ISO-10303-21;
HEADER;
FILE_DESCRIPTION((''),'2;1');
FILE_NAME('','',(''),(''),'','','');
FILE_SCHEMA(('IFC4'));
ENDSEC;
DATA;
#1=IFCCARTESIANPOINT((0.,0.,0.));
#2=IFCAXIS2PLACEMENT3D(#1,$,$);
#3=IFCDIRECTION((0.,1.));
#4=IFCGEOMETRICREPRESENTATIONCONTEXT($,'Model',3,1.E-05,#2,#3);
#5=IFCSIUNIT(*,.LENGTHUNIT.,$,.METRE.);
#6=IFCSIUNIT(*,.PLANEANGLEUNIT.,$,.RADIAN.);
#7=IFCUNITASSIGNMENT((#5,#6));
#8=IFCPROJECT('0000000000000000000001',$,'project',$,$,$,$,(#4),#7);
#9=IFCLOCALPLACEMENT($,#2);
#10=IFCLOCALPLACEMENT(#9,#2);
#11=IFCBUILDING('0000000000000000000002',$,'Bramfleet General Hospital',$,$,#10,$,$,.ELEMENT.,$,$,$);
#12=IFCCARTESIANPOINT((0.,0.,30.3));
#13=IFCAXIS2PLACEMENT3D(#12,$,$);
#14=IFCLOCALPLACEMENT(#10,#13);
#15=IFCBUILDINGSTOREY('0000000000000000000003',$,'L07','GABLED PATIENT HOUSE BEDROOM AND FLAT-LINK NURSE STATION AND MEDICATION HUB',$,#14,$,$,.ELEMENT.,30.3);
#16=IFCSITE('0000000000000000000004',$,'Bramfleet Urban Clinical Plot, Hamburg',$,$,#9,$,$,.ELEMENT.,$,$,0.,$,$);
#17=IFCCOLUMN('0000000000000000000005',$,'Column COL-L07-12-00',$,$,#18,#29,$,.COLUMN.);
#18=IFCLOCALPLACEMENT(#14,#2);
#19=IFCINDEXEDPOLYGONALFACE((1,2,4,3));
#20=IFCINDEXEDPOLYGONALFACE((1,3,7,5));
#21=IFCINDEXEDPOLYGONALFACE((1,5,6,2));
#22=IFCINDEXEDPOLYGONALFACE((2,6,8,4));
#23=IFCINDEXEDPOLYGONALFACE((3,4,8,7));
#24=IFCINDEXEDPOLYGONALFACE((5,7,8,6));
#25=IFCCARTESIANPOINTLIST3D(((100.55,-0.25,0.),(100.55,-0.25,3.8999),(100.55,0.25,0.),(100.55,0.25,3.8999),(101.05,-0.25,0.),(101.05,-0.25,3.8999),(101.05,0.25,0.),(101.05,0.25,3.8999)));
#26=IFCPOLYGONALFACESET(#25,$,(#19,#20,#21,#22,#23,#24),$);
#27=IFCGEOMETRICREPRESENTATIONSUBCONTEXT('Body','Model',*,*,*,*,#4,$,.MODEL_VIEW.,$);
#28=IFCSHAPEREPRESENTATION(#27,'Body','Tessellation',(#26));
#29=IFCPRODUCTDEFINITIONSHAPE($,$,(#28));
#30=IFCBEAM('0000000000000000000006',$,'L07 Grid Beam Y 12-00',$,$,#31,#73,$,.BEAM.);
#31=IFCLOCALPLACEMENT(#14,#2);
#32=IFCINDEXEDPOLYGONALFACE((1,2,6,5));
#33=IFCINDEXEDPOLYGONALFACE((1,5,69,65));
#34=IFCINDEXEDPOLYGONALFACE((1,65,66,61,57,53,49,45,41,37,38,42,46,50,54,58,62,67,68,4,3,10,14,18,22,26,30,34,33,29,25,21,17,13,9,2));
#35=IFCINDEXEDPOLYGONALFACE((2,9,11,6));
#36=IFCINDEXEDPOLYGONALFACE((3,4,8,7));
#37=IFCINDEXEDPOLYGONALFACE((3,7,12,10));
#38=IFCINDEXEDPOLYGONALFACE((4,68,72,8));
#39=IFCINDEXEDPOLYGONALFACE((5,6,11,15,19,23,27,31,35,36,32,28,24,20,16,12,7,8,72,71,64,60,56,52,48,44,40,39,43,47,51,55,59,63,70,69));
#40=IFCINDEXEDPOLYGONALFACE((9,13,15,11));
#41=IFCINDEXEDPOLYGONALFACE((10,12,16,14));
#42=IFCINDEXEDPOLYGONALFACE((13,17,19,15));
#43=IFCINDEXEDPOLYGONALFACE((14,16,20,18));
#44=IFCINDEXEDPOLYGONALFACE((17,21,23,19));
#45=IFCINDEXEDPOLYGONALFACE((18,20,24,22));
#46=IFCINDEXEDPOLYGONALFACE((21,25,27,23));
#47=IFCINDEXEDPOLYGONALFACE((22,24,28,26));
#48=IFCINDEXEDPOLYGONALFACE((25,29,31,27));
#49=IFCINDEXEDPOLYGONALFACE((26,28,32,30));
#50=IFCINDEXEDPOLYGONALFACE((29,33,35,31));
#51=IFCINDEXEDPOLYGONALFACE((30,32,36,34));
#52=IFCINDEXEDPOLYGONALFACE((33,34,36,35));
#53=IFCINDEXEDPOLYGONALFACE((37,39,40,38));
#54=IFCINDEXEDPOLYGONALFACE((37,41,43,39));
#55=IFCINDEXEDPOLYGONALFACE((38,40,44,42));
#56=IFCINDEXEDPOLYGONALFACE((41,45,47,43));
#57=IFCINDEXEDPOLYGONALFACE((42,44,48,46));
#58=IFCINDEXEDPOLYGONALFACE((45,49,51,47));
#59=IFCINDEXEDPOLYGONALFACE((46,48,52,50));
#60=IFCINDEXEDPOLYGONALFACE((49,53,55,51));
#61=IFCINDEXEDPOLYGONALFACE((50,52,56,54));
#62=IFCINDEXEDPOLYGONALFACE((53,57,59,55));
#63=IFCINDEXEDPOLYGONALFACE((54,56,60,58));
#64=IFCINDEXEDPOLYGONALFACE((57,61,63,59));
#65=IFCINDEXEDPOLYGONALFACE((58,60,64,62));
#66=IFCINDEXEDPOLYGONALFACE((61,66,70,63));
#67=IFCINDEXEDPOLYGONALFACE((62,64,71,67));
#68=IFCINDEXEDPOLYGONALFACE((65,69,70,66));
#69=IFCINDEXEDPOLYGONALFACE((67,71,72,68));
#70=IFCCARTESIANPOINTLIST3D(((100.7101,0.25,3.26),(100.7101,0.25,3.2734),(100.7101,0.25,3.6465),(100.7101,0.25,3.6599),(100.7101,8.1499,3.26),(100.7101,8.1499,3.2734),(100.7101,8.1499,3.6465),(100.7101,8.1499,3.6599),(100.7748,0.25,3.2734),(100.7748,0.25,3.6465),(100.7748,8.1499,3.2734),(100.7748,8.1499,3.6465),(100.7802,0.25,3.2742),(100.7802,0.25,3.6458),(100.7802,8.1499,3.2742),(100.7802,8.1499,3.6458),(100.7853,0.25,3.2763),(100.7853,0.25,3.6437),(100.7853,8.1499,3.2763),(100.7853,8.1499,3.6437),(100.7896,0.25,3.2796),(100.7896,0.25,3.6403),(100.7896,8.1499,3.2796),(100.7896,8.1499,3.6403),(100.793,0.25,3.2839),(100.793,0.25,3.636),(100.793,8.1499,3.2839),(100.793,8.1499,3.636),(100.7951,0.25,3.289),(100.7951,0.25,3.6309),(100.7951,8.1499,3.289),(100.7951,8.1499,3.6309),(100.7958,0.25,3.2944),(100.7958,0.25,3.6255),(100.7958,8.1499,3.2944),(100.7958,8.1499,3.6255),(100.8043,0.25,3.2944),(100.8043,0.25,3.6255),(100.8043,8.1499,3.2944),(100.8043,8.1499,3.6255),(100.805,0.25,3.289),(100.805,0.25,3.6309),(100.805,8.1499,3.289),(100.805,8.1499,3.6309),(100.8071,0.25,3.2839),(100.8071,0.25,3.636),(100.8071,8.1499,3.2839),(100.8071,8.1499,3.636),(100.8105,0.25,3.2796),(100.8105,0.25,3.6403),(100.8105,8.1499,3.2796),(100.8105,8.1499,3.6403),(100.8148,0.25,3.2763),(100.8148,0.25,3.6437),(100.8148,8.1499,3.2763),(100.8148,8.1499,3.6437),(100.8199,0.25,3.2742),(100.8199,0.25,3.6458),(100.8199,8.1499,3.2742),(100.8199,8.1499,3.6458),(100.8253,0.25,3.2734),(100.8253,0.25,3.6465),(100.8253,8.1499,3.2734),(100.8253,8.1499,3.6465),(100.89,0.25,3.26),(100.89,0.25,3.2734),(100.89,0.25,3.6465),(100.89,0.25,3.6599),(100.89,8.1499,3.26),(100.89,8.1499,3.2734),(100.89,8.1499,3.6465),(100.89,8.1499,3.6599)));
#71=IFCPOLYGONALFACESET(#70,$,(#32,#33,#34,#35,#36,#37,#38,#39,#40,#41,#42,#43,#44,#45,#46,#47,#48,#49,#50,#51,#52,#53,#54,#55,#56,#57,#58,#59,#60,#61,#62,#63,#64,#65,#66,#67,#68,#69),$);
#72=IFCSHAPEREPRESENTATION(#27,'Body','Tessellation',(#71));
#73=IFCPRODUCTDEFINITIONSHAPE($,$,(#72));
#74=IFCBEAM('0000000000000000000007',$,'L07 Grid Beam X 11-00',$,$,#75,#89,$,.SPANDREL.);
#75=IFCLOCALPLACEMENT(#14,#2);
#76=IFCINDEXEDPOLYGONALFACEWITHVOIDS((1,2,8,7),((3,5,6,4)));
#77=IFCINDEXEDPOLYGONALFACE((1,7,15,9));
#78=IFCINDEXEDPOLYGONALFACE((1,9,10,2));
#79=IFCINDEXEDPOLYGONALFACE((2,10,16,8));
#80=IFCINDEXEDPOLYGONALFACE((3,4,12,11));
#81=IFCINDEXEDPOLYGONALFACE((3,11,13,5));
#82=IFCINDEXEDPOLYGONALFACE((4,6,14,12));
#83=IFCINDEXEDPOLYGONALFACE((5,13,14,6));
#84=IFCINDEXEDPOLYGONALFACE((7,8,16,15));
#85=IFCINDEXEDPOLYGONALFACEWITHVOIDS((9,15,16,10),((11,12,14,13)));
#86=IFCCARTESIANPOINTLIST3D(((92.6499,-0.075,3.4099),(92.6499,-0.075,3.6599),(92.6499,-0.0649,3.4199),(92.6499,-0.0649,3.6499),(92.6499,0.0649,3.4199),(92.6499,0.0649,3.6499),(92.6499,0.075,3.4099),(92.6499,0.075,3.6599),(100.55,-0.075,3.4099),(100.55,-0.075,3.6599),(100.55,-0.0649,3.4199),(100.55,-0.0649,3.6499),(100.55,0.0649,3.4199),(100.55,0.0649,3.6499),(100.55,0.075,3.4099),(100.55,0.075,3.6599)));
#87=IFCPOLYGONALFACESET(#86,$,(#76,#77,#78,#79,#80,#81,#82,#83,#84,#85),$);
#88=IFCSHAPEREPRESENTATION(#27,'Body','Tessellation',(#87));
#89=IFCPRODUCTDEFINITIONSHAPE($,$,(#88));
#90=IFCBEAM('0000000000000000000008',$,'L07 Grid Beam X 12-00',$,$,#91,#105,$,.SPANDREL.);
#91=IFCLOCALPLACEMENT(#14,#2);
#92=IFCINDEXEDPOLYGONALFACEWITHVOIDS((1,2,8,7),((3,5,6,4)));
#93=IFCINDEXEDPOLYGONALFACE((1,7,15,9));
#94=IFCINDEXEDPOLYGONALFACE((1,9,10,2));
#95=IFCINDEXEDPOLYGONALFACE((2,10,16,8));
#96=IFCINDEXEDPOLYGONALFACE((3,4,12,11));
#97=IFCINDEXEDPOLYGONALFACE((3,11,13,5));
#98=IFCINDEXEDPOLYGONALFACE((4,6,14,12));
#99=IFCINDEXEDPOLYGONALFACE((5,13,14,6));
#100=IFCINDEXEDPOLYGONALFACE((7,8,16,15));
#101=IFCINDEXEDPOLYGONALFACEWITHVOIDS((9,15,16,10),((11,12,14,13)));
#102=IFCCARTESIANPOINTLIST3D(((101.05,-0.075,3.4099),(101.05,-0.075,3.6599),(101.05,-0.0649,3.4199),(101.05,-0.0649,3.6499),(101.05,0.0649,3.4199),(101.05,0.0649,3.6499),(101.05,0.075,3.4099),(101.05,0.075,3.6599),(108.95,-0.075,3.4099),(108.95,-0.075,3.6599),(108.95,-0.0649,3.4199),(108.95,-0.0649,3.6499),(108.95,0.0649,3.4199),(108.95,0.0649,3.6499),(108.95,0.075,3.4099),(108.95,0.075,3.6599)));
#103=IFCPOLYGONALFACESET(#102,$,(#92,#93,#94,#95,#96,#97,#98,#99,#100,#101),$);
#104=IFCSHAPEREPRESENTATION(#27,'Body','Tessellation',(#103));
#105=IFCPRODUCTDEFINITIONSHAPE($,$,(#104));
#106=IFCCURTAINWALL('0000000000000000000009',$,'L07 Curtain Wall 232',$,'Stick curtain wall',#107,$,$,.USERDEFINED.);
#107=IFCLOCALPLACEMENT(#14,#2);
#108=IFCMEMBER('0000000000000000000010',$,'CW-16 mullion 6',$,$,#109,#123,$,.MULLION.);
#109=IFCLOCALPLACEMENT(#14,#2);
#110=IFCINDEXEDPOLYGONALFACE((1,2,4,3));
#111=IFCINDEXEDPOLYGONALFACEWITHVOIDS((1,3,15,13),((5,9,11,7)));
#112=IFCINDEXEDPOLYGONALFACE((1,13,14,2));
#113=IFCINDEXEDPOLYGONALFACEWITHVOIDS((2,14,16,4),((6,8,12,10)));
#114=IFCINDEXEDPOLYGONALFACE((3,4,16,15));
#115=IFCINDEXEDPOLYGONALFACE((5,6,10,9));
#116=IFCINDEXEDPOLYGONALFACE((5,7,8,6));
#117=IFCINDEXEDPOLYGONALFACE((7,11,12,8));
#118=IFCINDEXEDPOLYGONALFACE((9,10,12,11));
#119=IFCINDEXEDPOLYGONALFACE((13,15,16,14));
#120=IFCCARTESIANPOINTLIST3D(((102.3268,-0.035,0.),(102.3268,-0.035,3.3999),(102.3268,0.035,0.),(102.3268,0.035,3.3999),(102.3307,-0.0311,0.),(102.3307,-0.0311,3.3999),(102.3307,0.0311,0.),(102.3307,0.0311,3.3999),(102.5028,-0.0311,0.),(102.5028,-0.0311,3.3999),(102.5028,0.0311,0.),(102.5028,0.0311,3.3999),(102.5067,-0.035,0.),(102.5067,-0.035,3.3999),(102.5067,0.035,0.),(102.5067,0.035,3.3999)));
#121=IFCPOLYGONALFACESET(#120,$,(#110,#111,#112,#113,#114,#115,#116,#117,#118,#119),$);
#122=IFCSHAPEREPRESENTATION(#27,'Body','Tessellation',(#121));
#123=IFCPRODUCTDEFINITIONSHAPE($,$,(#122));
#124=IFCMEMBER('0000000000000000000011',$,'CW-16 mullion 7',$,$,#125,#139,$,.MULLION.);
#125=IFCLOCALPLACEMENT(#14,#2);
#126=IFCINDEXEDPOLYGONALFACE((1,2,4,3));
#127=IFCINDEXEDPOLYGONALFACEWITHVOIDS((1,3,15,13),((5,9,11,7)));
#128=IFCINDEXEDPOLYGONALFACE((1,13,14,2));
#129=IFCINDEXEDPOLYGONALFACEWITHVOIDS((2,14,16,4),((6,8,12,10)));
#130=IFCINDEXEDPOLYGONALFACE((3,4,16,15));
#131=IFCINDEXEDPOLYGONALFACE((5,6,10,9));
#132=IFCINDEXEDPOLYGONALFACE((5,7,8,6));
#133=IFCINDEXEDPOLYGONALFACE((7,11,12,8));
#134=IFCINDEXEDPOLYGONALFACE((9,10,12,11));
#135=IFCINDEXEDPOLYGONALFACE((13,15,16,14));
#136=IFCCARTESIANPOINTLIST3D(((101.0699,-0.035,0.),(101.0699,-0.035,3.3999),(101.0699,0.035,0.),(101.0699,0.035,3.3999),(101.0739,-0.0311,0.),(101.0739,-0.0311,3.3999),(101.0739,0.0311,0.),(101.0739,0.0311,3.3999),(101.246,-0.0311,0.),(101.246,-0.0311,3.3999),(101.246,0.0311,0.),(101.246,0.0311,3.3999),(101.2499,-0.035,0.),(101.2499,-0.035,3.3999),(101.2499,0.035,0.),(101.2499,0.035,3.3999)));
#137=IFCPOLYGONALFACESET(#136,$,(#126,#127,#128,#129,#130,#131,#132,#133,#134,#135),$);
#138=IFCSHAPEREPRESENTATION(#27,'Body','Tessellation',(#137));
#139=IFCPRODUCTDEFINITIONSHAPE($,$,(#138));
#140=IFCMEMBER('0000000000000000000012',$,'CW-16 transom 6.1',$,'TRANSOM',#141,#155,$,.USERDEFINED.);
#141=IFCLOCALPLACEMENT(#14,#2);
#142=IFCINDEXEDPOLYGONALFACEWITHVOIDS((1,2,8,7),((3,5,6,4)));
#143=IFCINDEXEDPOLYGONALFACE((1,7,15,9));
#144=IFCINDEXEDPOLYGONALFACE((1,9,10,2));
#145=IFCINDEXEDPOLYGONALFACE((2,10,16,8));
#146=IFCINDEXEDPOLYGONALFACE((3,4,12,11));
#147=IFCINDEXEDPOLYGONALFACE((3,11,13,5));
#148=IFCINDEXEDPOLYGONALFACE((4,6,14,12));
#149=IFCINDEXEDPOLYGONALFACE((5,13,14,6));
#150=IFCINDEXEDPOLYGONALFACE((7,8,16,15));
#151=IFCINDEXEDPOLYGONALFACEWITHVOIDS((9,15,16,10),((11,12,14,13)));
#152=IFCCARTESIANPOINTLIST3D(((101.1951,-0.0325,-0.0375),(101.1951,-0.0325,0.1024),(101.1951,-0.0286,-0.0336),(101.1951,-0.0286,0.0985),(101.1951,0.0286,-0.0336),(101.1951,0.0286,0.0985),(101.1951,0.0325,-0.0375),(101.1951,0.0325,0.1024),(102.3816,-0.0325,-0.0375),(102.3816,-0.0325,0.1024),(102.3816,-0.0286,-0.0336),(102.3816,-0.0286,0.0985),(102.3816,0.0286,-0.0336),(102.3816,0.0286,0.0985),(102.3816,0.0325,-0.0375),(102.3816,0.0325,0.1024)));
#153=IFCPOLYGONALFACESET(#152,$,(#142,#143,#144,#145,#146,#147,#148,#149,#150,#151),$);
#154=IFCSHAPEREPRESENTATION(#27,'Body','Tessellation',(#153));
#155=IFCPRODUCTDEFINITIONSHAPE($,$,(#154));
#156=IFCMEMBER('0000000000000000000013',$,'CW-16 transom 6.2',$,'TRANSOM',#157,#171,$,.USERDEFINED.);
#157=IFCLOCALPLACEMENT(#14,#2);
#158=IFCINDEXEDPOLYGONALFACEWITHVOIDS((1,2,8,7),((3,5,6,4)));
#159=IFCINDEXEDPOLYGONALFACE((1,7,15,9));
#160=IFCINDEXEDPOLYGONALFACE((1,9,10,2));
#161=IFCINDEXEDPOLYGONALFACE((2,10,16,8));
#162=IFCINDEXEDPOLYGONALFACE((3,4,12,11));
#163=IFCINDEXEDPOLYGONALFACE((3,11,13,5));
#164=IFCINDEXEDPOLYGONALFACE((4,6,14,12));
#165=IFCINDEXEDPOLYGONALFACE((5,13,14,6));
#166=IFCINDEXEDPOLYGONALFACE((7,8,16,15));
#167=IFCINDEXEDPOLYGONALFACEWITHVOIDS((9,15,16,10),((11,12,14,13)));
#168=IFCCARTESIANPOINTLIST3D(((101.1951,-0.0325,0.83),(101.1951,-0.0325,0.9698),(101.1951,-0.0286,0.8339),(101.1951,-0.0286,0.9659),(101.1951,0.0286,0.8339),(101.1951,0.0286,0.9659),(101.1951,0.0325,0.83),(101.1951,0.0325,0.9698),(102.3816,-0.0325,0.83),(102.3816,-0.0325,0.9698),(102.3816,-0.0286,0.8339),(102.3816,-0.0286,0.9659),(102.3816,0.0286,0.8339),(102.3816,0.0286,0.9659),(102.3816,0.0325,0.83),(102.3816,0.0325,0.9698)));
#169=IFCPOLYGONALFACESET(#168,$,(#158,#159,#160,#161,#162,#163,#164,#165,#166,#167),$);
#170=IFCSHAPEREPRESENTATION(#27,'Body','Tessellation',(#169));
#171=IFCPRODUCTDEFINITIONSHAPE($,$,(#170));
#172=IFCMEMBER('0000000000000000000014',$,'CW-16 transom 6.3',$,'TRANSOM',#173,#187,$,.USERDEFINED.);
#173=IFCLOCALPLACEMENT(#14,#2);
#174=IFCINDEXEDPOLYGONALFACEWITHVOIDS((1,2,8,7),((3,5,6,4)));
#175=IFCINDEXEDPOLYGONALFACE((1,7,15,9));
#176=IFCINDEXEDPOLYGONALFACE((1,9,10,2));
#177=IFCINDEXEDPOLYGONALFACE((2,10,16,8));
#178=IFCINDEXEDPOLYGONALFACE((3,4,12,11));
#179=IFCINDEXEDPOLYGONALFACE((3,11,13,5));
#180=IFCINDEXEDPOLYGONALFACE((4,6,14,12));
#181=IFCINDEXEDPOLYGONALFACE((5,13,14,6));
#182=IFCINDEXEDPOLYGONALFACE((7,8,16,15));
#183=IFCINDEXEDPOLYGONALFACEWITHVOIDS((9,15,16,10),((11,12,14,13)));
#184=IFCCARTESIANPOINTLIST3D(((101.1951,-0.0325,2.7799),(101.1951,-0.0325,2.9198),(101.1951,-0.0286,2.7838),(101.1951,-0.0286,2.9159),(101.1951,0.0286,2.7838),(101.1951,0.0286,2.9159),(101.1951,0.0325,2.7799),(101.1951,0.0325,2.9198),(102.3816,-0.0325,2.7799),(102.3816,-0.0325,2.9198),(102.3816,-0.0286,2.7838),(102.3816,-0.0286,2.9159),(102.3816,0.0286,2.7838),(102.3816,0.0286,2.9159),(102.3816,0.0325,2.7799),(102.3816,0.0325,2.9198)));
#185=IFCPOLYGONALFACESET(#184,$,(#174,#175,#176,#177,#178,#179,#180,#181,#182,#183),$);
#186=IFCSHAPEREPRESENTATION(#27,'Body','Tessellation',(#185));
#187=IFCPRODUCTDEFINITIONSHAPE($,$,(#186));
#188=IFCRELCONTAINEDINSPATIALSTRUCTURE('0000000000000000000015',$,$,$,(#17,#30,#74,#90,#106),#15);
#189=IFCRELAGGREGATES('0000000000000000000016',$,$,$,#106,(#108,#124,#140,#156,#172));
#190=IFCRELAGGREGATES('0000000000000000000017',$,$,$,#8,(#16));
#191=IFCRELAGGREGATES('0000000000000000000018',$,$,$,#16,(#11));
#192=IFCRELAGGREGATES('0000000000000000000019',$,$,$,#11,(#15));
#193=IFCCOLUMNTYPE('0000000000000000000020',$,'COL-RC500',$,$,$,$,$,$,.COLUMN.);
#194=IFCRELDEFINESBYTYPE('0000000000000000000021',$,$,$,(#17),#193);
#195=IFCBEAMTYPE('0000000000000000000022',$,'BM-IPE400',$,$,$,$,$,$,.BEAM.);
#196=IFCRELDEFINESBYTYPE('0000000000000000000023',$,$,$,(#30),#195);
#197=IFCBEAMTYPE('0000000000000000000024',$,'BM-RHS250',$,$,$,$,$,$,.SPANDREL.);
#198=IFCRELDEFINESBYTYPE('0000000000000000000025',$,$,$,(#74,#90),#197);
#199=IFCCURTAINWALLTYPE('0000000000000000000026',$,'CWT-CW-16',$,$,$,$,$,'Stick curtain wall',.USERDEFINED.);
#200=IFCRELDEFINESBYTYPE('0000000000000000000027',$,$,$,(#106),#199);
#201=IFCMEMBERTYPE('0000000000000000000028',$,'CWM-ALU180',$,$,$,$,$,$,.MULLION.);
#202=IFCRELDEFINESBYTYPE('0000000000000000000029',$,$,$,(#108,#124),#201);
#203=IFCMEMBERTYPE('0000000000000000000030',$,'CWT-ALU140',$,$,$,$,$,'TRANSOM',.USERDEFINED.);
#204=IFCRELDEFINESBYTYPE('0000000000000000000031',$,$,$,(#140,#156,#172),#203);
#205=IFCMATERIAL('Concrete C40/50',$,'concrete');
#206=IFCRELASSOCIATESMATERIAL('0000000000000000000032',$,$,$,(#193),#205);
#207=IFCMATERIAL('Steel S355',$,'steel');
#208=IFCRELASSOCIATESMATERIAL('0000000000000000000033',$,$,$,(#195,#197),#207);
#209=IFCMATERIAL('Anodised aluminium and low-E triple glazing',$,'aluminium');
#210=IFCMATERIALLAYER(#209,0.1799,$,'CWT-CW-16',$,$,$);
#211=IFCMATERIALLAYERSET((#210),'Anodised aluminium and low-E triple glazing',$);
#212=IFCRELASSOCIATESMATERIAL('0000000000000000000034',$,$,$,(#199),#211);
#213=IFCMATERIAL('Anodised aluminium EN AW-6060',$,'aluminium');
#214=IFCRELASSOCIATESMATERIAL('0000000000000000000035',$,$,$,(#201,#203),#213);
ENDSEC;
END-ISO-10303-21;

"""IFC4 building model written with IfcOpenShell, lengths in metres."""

from ifc_helpers import new_model, si_unit, direction, frame, origin, origin_2d, place, context, subcontext, project, spatial, rectangle, hollow_rectangle, i_section, extrude, material, layer, layer_set, material_profile, profile_set, type_object, element, aggregate, save


model = new_model("IFC4")

# Units and contexts
model_context = context("Model", 3, precision=1e-05, world=origin(), true_north=direction((0.0, 1.0)))
body_context = subcontext(model_context, "Body", "Model", "MODEL_VIEW")
ifc_project = project(units=[si_unit("LENGTHUNIT", "METRE"), si_unit("PLANEANGLEUNIT", "RADIAN")], contexts=[model_context])

# Site, building, storey
site_placement = place(None, origin())
site = spatial("IfcSite", under=ifc_project, at=site_placement, Name="Bramfleet Urban Clinical Plot, Hamburg", CompositionType="ELEMENT", RefElevation=0.0)
building_placement = place(site_placement, origin())
building = spatial("IfcBuilding", under=site, at=building_placement, Name="Bramfleet General Hospital", CompositionType="ELEMENT")
storey_placement = place(building_placement, frame((0.0, 0.0, 30.3)))
storey = spatial("IfcBuildingStorey", under=building, at=storey_placement, Name="L07", Description="GABLED PATIENT HOUSE BEDROOM AND FLAT-LINK NURSE STATION AND MEDICATION HUB", CompositionType="ELEMENT", Elevation=30.3)

# Column
ifc_material_1 = material(Name="Concrete C40/50", Category="concrete")
ifc_material_profile_1 = material_profile(ifc_material_1, rectangle(XDim=0.5, YDim=0.5, at=origin_2d()), Name="RC COL 500x500")
ifc_profile_set_1 = profile_set([ifc_material_profile_1], Name="Concrete C40/50")
column_type = type_object("IfcColumnType", Name="COL-RC500", PredefinedType="COLUMN", material=ifc_profile_set_1)
column_placement = place(storey_placement, frame((100.8, 0.0, 0.0), z_axis=(0.0, 0.0, 1.0), x_axis=(1.0, 0.0, 0.0)))
element("IfcColumn", 1, at=column_placement, inside=storey, type_object=column_type, Name="Column COL-L07-12-00", PredefinedType="COLUMN", context=body_context, shape_type="SweptSolid", body=[
    extrude(rectangle(XDim=0.5, YDim=0.5, at=origin_2d()), origin(), (0.0, 0.0, 1.0), 3.8999),
])

# Beams
ifc_material_2 = material(Name="Steel S355", Category="steel")
ifc_material_profile_2 = material_profile(ifc_material_2, i_section(OverallWidth=0.1799, OverallDepth=0.3999, WebThickness=0.0085, FlangeThickness=0.0134, FilletRadius=0.021, at=origin_2d()), Name="IPE 400")
ifc_profile_set_2 = profile_set([ifc_material_profile_2], Name="Steel S355")
beam_type_1 = type_object("IfcBeamType", Name="BM-IPE400", PredefinedType="BEAM", material=ifc_profile_set_2)
beam_1_placement = place(storey_placement, frame((100.8, 0.25, 3.46), z_axis=(0.0, 1.0, 0.0), x_axis=(-1.0, 0.0, 0.0)))
element("IfcBeam", 2, at=beam_1_placement, inside=storey, type_object=beam_type_1, Name="L07 Grid Beam Y 12-00", PredefinedType="BEAM", context=body_context, shape_type="SweptSolid", body=[
    extrude(i_section(OverallWidth=0.1799, OverallDepth=0.3999, WebThickness=0.0085, FlangeThickness=0.0134, FilletRadius=0.021, at=origin_2d()), origin(), (0.0, 0.0, 1.0), 7.8999),
])
ifc_material_profile_3 = material_profile(ifc_material_2, hollow_rectangle(XDim=0.1499, YDim=0.25, WallThickness=0.01, at=origin_2d()), Name="RHS 250x150x10.0")
ifc_profile_set_3 = profile_set([ifc_material_profile_3], Name="Steel S355")
beam_type_2 = type_object("IfcBeamType", Name="BM-RHS250", PredefinedType="SPANDREL", material=ifc_profile_set_3)
beam_2_placement = place(storey_placement, frame((92.6499, 0.0, 3.5349), z_axis=(1.0, 0.0, 0.0), x_axis=(0.0, 1.0, 0.0)))
element("IfcBeam", 3, at=beam_2_placement, inside=storey, type_object=beam_type_2, Name="L07 Grid Beam X 11-00", PredefinedType="SPANDREL", context=body_context, shape_type="SweptSolid", body=[
    extrude(hollow_rectangle(XDim=0.1499, YDim=0.25, WallThickness=0.01, at=origin_2d()), origin(), (0.0, 0.0, 1.0), 7.9001),
])
beam_3_placement = place(storey_placement, frame((101.05, 0.0, 3.5349), z_axis=(1.0, 0.0, 0.0), x_axis=(0.0, 1.0, 0.0)))
element("IfcBeam", 4, at=beam_3_placement, inside=storey, type_object=beam_type_2, Name="L07 Grid Beam X 12-00", PredefinedType="SPANDREL", context=body_context, shape_type="SweptSolid", body=[
    extrude(hollow_rectangle(XDim=0.1499, YDim=0.25, WallThickness=0.01, at=origin_2d()), origin(), (0.0, 0.0, 1.0), 7.8999),
])

# Curtain wall, members
ifc_material_3 = material(Name="Anodised aluminium and low-E triple glazing", Category="aluminium")
ifc_layer_1 = layer(ifc_material_3, 0.1799, Name="CWT-CW-16")
ifc_layer_set_1 = layer_set([ifc_layer_1], Name="Anodised aluminium and low-E triple glazing")
curtain_wall_type = type_object("IfcCurtainWallType", Name="CWT-CW-16", ElementType="Stick curtain wall", PredefinedType="USERDEFINED", material=ifc_layer_set_1)
curtain_wall_placement = place(storey_placement, origin())
curtain_wall = element("IfcCurtainWall", 5, at=curtain_wall_placement, inside=storey, type_object=curtain_wall_type, Name="L07 Curtain Wall 232", ObjectType="Stick curtain wall", PredefinedType="USERDEFINED")
ifc_material_4 = material(Name="Anodised aluminium EN AW-6060", Category="aluminium")
ifc_material_profile_4 = material_profile(ifc_material_4, hollow_rectangle(XDim=0.0701, YDim=0.1799, WallThickness=0.0039, at=origin_2d()), Name="ALU 180x70x4.0")
ifc_profile_set_4 = profile_set([ifc_material_profile_4], Name="Anodised aluminium EN AW-6060")
member_type_1 = type_object("IfcMemberType", Name="CWM-ALU180", PredefinedType="MULLION", material=ifc_profile_set_4)
member_1_placement = place(storey_placement, frame((102.4167, 0.0, 0.0), z_axis=(0.0, 0.0, 1.0), x_axis=(0.0, -1.0, 0.0)))
member_1 = element("IfcMember", 6, at=member_1_placement, type_object=member_type_1, Name="CW-16 mullion 6", PredefinedType="MULLION", context=body_context, shape_type="SweptSolid", body=[
    extrude(hollow_rectangle(XDim=0.0701, YDim=0.1799, WallThickness=0.0039, at=origin_2d()), origin(), (0.0, 0.0, 1.0), 3.3999),
])
member_2_placement = place(storey_placement, frame((101.1599, 0.0, 0.0), z_axis=(0.0, 0.0, 1.0), x_axis=(0.0, -1.0, 0.0)))
member_2 = element("IfcMember", 7, at=member_2_placement, type_object=member_type_1, Name="CW-16 mullion 7", PredefinedType="MULLION", context=body_context, shape_type="SweptSolid", body=[
    extrude(hollow_rectangle(XDim=0.0701, YDim=0.1799, WallThickness=0.0039, at=origin_2d()), origin(), (0.0, 0.0, 1.0), 3.3999),
])
ifc_material_profile_5 = material_profile(ifc_material_4, hollow_rectangle(XDim=0.0649, YDim=0.1399, WallThickness=0.0039, at=origin_2d()), Name="ALU 140x65x4.0")
ifc_profile_set_5 = profile_set([ifc_material_profile_5], Name="Anodised aluminium EN AW-6060")
member_type_2 = type_object("IfcMemberType", Name="CWT-ALU140", ElementType="TRANSOM", PredefinedType="USERDEFINED", material=ifc_profile_set_5)
member_3_placement = place(storey_placement, frame((102.3816, 0.0, 0.0325), z_axis=(-1.0, 0.0, 0.0), x_axis=(0.0, -1.0, 0.0)))
member_3 = element("IfcMember", 8, at=member_3_placement, type_object=member_type_2, Name="CW-16 transom 6.1", ObjectType="TRANSOM", PredefinedType="USERDEFINED", context=body_context, shape_type="SweptSolid", body=[
    extrude(hollow_rectangle(XDim=0.0649, YDim=0.1399, WallThickness=0.0039, at=origin_2d()), origin(), (0.0, 0.0, 1.0), 1.1865),
])
member_4_placement = place(storey_placement, frame((102.3816, 0.0, 0.8999), z_axis=(-1.0, 0.0, 0.0), x_axis=(0.0, -1.0, 0.0)))
member_4 = element("IfcMember", 9, at=member_4_placement, type_object=member_type_2, Name="CW-16 transom 6.2", ObjectType="TRANSOM", PredefinedType="USERDEFINED", context=body_context, shape_type="SweptSolid", body=[
    extrude(hollow_rectangle(XDim=0.0649, YDim=0.1399, WallThickness=0.0039, at=origin_2d()), origin(), (0.0, 0.0, 1.0), 1.1865),
])
member_5_placement = place(storey_placement, frame((102.3816, 0.0, 2.8499), z_axis=(-1.0, 0.0, 0.0), x_axis=(0.0, -1.0, 0.0)))
member_5 = element("IfcMember", 10, at=member_5_placement, type_object=member_type_2, Name="CW-16 transom 6.3", ObjectType="TRANSOM", PredefinedType="USERDEFINED", context=body_context, shape_type="SweptSolid", body=[
    extrude(hollow_rectangle(XDim=0.0649, YDim=0.1399, WallThickness=0.0039, at=origin_2d()), origin(), (0.0, 0.0, 1.0), 1.1865),
])
aggregate(curtain_wall, [member_1, member_2, member_3, member_4, member_5])

save(model, "model.ifc")
